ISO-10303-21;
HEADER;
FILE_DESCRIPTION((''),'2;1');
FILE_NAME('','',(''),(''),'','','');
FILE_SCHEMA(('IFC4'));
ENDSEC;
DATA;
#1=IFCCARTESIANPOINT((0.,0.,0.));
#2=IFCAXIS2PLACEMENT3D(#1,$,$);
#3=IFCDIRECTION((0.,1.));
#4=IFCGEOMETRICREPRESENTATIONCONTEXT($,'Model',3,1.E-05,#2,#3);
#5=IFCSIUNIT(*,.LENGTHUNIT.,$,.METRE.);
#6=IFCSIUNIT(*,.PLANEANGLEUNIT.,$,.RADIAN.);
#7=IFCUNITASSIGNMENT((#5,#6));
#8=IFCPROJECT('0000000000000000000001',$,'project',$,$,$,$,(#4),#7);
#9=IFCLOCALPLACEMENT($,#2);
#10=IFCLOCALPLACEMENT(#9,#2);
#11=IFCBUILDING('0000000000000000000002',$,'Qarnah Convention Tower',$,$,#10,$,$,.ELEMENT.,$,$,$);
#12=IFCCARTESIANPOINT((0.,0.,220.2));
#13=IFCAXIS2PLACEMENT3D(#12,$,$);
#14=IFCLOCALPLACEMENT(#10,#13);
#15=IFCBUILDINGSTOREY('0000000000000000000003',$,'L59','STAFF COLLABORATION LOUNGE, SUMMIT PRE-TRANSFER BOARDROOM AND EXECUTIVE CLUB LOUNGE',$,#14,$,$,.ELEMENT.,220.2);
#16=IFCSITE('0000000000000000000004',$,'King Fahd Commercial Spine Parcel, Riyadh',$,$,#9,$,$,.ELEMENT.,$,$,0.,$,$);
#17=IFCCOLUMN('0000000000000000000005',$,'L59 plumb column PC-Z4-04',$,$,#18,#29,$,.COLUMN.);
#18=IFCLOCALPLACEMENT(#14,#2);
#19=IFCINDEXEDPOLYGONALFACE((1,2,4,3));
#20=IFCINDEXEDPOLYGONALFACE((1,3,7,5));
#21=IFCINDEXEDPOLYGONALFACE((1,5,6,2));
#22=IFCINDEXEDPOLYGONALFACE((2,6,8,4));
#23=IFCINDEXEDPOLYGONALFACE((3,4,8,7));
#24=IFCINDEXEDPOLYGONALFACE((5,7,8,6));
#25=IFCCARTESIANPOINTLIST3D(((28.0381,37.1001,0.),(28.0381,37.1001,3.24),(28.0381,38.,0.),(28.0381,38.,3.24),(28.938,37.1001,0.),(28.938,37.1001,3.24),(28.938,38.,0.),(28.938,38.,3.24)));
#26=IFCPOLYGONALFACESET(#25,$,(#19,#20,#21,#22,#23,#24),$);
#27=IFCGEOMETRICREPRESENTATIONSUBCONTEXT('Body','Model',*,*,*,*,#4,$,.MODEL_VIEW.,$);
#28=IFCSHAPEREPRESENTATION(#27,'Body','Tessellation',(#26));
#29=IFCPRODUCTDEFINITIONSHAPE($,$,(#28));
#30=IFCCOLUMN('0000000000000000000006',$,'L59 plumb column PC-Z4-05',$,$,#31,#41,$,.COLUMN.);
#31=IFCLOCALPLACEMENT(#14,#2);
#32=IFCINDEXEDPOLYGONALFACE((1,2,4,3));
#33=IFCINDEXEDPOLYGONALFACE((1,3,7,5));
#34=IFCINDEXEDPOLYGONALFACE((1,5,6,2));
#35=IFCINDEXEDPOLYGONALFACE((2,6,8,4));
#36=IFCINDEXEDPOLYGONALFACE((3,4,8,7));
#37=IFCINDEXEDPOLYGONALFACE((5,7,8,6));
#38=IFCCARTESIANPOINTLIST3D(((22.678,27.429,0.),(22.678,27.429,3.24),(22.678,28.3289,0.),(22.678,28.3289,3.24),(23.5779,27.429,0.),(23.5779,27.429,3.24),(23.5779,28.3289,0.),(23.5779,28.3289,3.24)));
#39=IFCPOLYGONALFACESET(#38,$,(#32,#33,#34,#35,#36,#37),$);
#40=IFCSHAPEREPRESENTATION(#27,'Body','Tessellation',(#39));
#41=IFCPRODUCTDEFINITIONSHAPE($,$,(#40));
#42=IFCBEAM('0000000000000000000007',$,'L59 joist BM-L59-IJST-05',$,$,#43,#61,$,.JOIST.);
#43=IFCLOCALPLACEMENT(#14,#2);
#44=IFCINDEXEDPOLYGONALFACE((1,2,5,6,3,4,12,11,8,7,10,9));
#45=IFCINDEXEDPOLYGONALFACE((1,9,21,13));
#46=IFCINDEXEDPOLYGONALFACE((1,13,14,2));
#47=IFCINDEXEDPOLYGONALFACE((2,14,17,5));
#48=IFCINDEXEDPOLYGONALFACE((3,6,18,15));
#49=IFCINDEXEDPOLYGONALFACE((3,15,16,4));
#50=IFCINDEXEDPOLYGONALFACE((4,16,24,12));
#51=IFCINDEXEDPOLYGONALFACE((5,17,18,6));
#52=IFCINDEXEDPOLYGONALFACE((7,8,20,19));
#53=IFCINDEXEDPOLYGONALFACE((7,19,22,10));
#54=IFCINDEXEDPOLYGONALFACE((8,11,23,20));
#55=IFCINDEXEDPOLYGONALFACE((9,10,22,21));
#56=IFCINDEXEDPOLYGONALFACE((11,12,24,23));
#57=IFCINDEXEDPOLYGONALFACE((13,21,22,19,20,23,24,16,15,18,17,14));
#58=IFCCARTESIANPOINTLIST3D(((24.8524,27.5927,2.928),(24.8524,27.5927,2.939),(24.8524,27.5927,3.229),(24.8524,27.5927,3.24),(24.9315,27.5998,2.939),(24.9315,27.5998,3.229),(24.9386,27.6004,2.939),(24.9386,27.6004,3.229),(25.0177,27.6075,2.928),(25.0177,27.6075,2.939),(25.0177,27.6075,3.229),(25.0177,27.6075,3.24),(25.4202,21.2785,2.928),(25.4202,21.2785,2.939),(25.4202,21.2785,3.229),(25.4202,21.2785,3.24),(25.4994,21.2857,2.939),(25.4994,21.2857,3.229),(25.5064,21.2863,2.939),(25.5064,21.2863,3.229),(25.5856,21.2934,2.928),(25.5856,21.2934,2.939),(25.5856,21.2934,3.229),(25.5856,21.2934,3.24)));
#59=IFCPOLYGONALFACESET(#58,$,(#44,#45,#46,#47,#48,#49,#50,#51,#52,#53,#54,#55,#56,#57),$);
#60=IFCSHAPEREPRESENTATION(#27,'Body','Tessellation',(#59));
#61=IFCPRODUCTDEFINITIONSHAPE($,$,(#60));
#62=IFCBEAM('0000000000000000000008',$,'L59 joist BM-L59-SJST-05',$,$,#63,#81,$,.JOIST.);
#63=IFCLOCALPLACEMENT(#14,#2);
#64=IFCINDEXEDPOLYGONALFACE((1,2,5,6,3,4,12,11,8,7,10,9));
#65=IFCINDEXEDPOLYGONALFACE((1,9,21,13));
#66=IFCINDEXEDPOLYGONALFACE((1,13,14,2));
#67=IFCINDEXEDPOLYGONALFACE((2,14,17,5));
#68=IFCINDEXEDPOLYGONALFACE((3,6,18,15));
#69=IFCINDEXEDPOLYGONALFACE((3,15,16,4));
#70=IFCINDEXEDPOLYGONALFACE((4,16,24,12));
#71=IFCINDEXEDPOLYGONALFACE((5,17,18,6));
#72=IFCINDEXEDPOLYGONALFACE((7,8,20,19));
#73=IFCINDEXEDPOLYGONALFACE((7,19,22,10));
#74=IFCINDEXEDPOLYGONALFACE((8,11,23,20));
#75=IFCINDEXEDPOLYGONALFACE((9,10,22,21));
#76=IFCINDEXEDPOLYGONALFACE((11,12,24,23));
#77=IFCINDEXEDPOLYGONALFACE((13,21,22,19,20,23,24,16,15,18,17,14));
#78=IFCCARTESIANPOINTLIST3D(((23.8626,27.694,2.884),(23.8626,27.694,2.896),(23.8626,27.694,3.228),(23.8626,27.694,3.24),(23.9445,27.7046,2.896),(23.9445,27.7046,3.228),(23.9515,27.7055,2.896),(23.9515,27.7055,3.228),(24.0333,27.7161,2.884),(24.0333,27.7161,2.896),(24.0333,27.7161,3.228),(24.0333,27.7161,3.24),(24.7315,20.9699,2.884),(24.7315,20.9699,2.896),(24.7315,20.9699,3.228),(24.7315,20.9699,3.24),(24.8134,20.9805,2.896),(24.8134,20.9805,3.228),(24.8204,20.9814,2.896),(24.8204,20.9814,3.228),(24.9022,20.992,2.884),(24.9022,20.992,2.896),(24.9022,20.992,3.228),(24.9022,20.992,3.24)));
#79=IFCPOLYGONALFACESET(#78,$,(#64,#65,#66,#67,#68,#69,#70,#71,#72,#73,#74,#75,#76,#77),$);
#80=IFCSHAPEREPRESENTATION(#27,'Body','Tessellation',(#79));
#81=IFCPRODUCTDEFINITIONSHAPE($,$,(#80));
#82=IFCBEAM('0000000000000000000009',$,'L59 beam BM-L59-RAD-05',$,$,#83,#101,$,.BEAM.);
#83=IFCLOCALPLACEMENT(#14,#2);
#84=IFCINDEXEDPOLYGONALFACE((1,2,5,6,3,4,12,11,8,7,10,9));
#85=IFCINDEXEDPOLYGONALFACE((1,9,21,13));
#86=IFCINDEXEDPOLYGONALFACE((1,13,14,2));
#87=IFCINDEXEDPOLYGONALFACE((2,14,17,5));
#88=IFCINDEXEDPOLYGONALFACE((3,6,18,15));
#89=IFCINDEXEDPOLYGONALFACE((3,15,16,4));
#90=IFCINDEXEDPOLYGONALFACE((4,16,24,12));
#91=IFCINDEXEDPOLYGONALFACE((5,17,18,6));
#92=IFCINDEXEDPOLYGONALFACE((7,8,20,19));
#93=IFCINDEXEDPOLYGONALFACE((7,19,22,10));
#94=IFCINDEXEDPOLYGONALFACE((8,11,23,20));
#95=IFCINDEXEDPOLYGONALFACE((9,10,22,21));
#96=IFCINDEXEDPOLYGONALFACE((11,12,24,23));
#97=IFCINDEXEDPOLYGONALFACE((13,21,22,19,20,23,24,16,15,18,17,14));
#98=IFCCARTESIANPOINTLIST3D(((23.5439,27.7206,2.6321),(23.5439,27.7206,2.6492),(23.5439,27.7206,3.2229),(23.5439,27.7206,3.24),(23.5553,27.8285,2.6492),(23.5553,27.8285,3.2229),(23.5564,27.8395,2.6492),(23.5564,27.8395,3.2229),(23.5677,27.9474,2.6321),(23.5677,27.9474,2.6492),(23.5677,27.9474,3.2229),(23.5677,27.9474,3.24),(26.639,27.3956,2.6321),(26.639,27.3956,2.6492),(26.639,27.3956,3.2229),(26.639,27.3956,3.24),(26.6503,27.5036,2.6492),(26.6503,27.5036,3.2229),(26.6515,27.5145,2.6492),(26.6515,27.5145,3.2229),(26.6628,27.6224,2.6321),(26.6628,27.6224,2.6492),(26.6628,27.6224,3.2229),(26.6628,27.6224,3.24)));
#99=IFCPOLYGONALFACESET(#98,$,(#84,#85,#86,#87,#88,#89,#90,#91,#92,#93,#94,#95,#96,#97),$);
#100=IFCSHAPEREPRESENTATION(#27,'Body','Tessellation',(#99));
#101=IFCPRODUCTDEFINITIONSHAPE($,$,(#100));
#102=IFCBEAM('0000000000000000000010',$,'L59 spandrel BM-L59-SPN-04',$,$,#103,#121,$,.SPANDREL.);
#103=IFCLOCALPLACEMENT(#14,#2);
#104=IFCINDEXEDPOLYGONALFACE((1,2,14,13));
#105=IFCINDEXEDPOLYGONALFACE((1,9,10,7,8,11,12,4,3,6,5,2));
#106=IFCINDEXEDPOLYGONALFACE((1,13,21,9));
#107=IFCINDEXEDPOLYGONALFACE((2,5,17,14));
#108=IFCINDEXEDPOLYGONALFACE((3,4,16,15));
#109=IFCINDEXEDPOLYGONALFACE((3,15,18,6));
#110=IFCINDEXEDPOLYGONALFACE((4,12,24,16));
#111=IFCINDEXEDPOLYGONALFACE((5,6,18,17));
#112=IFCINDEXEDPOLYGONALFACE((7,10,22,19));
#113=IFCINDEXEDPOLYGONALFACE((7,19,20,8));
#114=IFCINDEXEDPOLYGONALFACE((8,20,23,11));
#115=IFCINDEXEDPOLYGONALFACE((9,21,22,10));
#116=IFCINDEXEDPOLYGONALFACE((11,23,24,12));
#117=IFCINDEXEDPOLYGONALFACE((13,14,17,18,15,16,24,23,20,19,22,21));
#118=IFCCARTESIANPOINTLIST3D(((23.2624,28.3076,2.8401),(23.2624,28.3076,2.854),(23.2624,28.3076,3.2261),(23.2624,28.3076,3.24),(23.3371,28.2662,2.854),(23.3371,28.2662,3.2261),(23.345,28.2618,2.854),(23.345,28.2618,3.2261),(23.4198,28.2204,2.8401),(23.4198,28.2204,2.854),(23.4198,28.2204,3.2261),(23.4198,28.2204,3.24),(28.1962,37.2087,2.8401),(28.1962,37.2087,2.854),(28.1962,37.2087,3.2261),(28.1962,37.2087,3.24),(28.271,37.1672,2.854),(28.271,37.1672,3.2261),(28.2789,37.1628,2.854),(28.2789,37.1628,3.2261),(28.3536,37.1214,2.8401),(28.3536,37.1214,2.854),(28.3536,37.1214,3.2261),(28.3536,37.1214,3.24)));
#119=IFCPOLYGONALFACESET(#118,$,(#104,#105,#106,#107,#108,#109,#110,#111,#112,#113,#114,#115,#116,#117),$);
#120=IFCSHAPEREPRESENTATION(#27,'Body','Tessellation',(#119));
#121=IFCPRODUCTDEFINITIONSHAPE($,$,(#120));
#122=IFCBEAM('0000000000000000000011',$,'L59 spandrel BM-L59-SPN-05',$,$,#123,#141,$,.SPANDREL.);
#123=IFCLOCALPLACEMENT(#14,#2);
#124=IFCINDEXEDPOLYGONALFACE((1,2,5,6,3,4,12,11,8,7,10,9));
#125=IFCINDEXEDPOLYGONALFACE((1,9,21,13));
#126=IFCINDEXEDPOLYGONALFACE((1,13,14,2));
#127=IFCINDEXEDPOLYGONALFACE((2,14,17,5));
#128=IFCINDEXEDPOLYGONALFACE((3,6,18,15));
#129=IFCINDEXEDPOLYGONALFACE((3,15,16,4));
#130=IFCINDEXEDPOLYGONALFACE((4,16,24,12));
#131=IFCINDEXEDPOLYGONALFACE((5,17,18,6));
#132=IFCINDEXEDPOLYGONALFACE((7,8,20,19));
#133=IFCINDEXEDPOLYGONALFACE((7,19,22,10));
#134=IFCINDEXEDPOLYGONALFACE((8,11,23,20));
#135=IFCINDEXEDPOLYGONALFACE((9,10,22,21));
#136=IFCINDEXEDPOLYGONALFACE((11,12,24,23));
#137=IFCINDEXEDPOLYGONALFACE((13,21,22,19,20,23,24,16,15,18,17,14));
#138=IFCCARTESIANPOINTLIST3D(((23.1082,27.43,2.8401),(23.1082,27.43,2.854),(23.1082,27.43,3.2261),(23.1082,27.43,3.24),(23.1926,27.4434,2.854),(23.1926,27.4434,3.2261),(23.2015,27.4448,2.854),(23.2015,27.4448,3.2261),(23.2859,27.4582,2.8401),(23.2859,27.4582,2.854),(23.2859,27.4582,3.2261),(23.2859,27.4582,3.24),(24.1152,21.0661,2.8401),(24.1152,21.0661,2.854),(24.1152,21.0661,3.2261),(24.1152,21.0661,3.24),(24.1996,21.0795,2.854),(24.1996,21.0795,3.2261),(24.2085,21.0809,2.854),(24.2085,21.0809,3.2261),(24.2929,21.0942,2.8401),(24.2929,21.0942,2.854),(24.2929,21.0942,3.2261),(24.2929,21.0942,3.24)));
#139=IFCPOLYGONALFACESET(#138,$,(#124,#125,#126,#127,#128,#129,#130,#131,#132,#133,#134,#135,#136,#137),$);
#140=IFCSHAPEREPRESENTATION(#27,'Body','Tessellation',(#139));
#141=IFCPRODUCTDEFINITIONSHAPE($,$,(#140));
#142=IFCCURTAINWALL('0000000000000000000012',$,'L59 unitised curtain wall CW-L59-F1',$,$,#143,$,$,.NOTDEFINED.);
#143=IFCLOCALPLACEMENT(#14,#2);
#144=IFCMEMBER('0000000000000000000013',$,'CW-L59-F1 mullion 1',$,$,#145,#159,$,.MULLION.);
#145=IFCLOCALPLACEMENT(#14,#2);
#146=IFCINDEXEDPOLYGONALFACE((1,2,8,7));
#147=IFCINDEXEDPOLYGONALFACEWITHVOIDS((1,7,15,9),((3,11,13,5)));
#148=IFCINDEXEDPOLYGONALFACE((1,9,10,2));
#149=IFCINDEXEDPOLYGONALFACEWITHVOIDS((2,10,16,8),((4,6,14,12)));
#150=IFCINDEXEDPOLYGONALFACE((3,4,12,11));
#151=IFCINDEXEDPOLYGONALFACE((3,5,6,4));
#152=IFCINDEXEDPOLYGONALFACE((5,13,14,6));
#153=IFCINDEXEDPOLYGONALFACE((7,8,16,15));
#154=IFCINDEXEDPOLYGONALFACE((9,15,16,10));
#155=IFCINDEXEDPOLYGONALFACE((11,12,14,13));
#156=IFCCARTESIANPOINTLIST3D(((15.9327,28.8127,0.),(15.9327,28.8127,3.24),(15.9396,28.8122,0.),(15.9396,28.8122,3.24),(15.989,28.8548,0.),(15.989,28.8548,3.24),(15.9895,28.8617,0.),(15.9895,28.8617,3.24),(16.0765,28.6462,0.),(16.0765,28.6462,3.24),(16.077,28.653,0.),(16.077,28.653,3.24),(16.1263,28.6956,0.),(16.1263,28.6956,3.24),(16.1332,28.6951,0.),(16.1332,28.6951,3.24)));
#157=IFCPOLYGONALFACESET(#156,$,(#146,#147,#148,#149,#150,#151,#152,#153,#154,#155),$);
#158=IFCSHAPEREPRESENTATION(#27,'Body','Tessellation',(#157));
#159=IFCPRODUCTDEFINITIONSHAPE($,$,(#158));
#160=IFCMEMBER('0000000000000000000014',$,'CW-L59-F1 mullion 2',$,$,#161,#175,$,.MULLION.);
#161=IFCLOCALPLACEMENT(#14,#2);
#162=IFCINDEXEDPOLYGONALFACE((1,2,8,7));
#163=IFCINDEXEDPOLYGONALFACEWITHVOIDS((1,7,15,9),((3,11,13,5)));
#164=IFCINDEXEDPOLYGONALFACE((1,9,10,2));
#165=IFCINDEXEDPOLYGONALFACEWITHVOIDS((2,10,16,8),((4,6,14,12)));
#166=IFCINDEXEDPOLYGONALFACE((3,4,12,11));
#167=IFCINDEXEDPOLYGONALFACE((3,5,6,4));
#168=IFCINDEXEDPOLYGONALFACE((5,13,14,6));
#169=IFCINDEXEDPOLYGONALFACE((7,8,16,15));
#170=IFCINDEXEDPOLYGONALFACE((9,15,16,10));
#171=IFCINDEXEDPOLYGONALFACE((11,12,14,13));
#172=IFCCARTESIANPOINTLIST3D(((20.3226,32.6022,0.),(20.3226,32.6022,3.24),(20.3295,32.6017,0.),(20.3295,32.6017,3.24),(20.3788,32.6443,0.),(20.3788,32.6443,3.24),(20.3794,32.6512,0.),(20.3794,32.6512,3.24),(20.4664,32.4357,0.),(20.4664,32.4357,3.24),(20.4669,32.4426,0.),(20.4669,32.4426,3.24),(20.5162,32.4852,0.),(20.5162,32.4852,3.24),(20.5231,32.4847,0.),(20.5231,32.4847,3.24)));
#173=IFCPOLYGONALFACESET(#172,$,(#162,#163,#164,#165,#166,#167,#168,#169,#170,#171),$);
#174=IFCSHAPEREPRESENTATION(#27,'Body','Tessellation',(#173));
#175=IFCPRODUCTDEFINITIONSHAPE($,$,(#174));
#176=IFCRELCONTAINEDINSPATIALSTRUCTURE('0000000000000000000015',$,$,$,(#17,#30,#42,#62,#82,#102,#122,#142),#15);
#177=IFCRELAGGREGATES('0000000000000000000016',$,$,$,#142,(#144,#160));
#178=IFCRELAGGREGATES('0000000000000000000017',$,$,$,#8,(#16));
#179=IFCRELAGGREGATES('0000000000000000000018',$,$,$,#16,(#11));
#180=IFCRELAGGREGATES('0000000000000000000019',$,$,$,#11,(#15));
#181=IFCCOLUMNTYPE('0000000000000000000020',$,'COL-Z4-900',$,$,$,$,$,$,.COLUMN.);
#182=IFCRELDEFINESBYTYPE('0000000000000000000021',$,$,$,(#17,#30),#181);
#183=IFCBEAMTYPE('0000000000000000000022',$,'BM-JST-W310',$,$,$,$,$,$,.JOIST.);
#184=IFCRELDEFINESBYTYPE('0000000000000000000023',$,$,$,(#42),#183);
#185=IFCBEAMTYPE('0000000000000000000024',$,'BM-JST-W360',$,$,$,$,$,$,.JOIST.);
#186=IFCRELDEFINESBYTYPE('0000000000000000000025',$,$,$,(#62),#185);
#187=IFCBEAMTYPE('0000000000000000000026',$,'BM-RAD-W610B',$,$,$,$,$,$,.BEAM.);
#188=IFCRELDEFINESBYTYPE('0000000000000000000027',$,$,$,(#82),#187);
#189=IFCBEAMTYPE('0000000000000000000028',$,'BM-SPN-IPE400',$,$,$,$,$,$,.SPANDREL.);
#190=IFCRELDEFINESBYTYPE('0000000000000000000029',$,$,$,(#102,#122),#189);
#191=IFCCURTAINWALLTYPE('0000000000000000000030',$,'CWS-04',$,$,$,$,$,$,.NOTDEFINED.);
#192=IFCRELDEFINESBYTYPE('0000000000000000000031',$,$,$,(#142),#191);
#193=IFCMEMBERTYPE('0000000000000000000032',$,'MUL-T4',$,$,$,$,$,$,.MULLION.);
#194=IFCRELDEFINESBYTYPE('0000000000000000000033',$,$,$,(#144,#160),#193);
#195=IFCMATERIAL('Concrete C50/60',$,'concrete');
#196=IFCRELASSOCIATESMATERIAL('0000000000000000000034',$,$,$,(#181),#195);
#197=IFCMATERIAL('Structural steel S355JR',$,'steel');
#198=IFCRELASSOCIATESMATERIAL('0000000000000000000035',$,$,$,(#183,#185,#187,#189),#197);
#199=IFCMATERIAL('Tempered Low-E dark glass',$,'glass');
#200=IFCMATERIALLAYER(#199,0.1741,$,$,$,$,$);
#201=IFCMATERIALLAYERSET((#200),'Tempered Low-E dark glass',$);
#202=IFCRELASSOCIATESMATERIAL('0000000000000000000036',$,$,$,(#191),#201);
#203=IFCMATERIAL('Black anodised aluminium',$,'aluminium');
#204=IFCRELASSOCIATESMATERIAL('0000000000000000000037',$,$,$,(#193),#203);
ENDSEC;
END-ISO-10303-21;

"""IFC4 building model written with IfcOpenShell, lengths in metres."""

from ifc_helpers import new_model, si_unit, direction, frame, origin, origin_2d, place, context, subcontext, project, spatial, rectangle, hollow_rectangle, i_section, extrude, material, layer, layer_set, material_profile, profile_set, type_object, element, aggregate, save


model = new_model("IFC4")

# Units and contexts
model_context = context("Model", 3, precision=1e-05, world=origin(), true_north=direction((0.0, 1.0)))
body_context = subcontext(model_context, "Body", "Model", "MODEL_VIEW")
ifc_project = project(units=[si_unit("LENGTHUNIT", "METRE"), si_unit("PLANEANGLEUNIT", "RADIAN")], contexts=[model_context])

# Site, building, storey
site_placement = place(None, origin())
site = spatial("IfcSite", under=ifc_project, at=site_placement, Name="King Fahd Commercial Spine Parcel, Riyadh", CompositionType="ELEMENT", RefElevation=0.0)
building_placement = place(site_placement, origin())
building = spatial("IfcBuilding", under=site, at=building_placement, Name="Qarnah Convention Tower", CompositionType="ELEMENT")
storey_placement = place(building_placement, frame((0.0, 0.0, 220.2)))
storey = spatial("IfcBuildingStorey", under=building, at=storey_placement, Name="L59", Description="STAFF COLLABORATION LOUNGE, SUMMIT PRE-TRANSFER BOARDROOM AND EXECUTIVE CLUB LOUNGE", CompositionType="ELEMENT", Elevation=220.2)

# Columns
ifc_material_1 = material(Name="Concrete C50/60", Category="concrete")
ifc_material_profile_1 = material_profile(ifc_material_1, rectangle(XDim=0.8999, YDim=0.8999, at=origin_2d()), Name="RC-COL-900X900")
ifc_profile_set_1 = profile_set([ifc_material_profile_1], Name="Concrete C50/60")
column_type = type_object("IfcColumnType", Name="COL-Z4-900", PredefinedType="COLUMN", material=ifc_profile_set_1)
for number, where, z_axis, x_axis, name in (
    (1, (28.488, 37.55, 0.0), (0.0, 0.0, 1.0), (1.0, 0.0, 0.0), "L59 plumb column PC-Z4-04"),
    (2, (23.1279, 27.8789, 0.0), (0.0, 0.0, 1.0), (1.0, 0.0, 0.0), "L59 plumb column PC-Z4-05"),
):
    element("IfcColumn", number, at=place(storey_placement, frame(where, z_axis=z_axis, x_axis=x_axis)), inside=storey, type_object=column_type, Name=name, PredefinedType="COLUMN", context=body_context, shape_type="SweptSolid", body=[
        extrude(rectangle(XDim=0.8999, YDim=0.8999, at=origin_2d()), origin(), (0.0, 0.0, 1.0), 3.24),
    ])

# Beams
ifc_material_2 = material(Name="Structural steel S355JR", Category="steel")
ifc_material_profile_2 = material_profile(ifc_material_2, i_section(OverallWidth=0.166, OverallDepth=0.312, WebThickness=0.0071, FlangeThickness=0.011, at=origin_2d()), Name="W310X45")
ifc_profile_set_2 = profile_set([ifc_material_profile_2], Name="Structural steel S355JR")
beam_type_1 = type_object("IfcBeamType", Name="BM-JST-W310", PredefinedType="JOIST", material=ifc_profile_set_2)
beam_1_placement = place(storey_placement, frame((24.9351, 27.6001, 3.084), z_axis=(0.089574, -0.99598, 0.0), x_axis=(0.99598, 0.089574, 0.0)))
element("IfcBeam", 3, at=beam_1_placement, inside=storey, type_object=beam_type_1, Name="L59 joist BM-L59-IJST-05", PredefinedType="JOIST", context=body_context, shape_type="SweptSolid", body=[
    extrude(i_section(OverallWidth=0.166, OverallDepth=0.312, WebThickness=0.0071, FlangeThickness=0.011, at=origin_2d()), origin(), (0.0, 0.0, 1.0), 6.3396),
])
ifc_material_profile_3 = material_profile(ifc_material_2, i_section(OverallWidth=0.1721, OverallDepth=0.356, WebThickness=0.0071, FlangeThickness=0.012, at=origin_2d()), Name="W360X51")
ifc_profile_set_3 = profile_set([ifc_material_profile_3], Name="Structural steel S355JR")
beam_type_2 = type_object("IfcBeamType", Name="BM-JST-W360", PredefinedType="JOIST", material=ifc_profile_set_3)
beam_2_placement = place(storey_placement, frame((23.948, 27.7051, 3.062), z_axis=(0.128155, -0.991754, 0.0), x_axis=(0.991754, 0.128155, 0.0)))
element("IfcBeam", 4, at=beam_2_placement, inside=storey, type_object=beam_type_2, Name="L59 joist BM-L59-SJST-05", PredefinedType="JOIST", context=body_context, shape_type="SweptSolid", body=[
    extrude(i_section(OverallWidth=0.1721, OverallDepth=0.356, WebThickness=0.0071, FlangeThickness=0.012, at=origin_2d()), origin(), (0.0, 0.0, 1.0), 6.78),
])
ifc_material_profile_4 = material_profile(ifc_material_2, i_section(OverallWidth=0.228, OverallDepth=0.6079, WebThickness=0.011, FlangeThickness=0.0171, at=origin_2d()), Name="W610X113")
ifc_profile_set_4 = profile_set([ifc_material_profile_4], Name="Structural steel S355JR")
beam_type_3 = type_object("IfcBeamType", Name="BM-RAD-W610B", PredefinedType="BEAM", material=ifc_profile_set_4)
beam_3_placement = place(storey_placement, frame((26.6509, 27.509, 2.936), z_axis=(-0.994533, 0.104419, 0.0), x_axis=(-0.104419, -0.994533, 0.0)))
element("IfcBeam", 5, at=beam_3_placement, inside=storey, type_object=beam_type_3, Name="L59 beam BM-L59-RAD-05", PredefinedType="BEAM", context=body_context, shape_type="SweptSolid", body=[
    extrude(i_section(OverallWidth=0.228, OverallDepth=0.6079, WebThickness=0.011, FlangeThickness=0.0171, at=origin_2d()), origin(), (0.0, 0.0, 1.0), 3.1121),
])
ifc_material_profile_5 = material_profile(ifc_material_2, i_section(OverallWidth=0.1799, OverallDepth=0.3999, WebThickness=0.009, FlangeThickness=0.0139, at=origin_2d()), Name="IPE400")
ifc_profile_set_5 = profile_set([ifc_material_profile_5], Name="Structural steel S355JR")
beam_type_4 = type_object("IfcBeamType", Name="BM-SPN-IPE400", PredefinedType="SPANDREL", material=ifc_profile_set_5)
beam_4_placement = place(storey_placement, frame((28.2749, 37.165, 3.04), z_axis=(-0.484799, -0.874625, 0.0), x_axis=(0.874625, -0.484799, 0.0)))
element("IfcBeam", 6, at=beam_4_placement, inside=storey, type_object=beam_type_4, Name="L59 spandrel BM-L59-SPN-04", PredefinedType="SPANDREL", context=body_context, shape_type="SweptSolid", body=[
    extrude(i_section(OverallWidth=0.1799, OverallDepth=0.3999, WebThickness=0.009, FlangeThickness=0.0139, at=origin_2d()), origin(), (0.0, 0.0, 1.0), 10.177),
])
beam_5_placement = place(storey_placement, frame((23.197, 27.4441, 3.04), z_axis=(0.156301, -0.987709, 0.0), x_axis=(0.987709, 0.156301, 0.0)))
element("IfcBeam", 7, at=beam_5_placement, inside=storey, type_object=beam_type_4, Name="L59 spandrel BM-L59-SPN-05", PredefinedType="SPANDREL", context=body_context, shape_type="SweptSolid", body=[
    extrude(i_section(OverallWidth=0.1799, OverallDepth=0.3999, WebThickness=0.009, FlangeThickness=0.0139, at=origin_2d()), origin(), (0.0, 0.0, 1.0), 6.4431),
])

# Curtain wall, members
ifc_material_3 = material(Name="Tempered Low-E dark glass", Category="glass")
ifc_layer_1 = layer(ifc_material_3, 0.1741)
ifc_layer_set_1 = layer_set([ifc_layer_1], Name="Tempered Low-E dark glass")
curtain_wall_type = type_object("IfcCurtainWallType", Name="CWS-04", PredefinedType="NOTDEFINED", material=ifc_layer_set_1)
curtain_wall_placement = place(storey_placement, origin())
curtain_wall = element("IfcCurtainWall", 8, at=curtain_wall_placement, inside=storey, type_object=curtain_wall_type, Name="L59 unitised curtain wall CW-L59-F1", PredefinedType="NOTDEFINED")
ifc_material_4 = material(Name="Black anodised aluminium", Category="aluminium")
ifc_material_profile_6 = material_profile(ifc_material_4, hollow_rectangle(XDim=0.075, YDim=0.22, WallThickness=0.0049, at=origin_2d()), Name="MUL-75X220")
ifc_profile_set_6 = profile_set([ifc_material_profile_6], Name="Black anodised aluminium")
member_type_1 = type_object("IfcMemberType", Name="MUL-T4", PredefinedType="MULLION", material=ifc_profile_set_6)
member_1_placement = place(storey_placement, frame((16.033, 28.7539, 0.0), z_axis=(0.0, 0.0, 1.0), x_axis=(0.756976, 0.653443, 0.0)))
member_1 = element("IfcMember", 9, at=member_1_placement, type_object=member_type_1, Name="CW-L59-F1 mullion 1", PredefinedType="MULLION", context=body_context, shape_type="SweptSolid", body=[
    extrude(hollow_rectangle(XDim=0.075, YDim=0.22, WallThickness=0.0049, at=origin_2d()), origin(), (0.0, 0.0, 1.0), 3.24),
])
member_2_placement = place(storey_placement, frame((20.4229, 32.5435, 0.0), z_axis=(0.0, 0.0, 1.0), x_axis=(0.756976, 0.653443, 0.0)))
member_2 = element("IfcMember", 10, at=member_2_placement, type_object=member_type_1, Name="CW-L59-F1 mullion 2", PredefinedType="MULLION", context=body_context, shape_type="SweptSolid", body=[
    extrude(hollow_rectangle(XDim=0.075, YDim=0.22, WallThickness=0.0049, at=origin_2d()), origin(), (0.0, 0.0, 1.0), 3.24),
])
aggregate(curtain_wall, [member_1, member_2])

save(model, "model.ifc")
